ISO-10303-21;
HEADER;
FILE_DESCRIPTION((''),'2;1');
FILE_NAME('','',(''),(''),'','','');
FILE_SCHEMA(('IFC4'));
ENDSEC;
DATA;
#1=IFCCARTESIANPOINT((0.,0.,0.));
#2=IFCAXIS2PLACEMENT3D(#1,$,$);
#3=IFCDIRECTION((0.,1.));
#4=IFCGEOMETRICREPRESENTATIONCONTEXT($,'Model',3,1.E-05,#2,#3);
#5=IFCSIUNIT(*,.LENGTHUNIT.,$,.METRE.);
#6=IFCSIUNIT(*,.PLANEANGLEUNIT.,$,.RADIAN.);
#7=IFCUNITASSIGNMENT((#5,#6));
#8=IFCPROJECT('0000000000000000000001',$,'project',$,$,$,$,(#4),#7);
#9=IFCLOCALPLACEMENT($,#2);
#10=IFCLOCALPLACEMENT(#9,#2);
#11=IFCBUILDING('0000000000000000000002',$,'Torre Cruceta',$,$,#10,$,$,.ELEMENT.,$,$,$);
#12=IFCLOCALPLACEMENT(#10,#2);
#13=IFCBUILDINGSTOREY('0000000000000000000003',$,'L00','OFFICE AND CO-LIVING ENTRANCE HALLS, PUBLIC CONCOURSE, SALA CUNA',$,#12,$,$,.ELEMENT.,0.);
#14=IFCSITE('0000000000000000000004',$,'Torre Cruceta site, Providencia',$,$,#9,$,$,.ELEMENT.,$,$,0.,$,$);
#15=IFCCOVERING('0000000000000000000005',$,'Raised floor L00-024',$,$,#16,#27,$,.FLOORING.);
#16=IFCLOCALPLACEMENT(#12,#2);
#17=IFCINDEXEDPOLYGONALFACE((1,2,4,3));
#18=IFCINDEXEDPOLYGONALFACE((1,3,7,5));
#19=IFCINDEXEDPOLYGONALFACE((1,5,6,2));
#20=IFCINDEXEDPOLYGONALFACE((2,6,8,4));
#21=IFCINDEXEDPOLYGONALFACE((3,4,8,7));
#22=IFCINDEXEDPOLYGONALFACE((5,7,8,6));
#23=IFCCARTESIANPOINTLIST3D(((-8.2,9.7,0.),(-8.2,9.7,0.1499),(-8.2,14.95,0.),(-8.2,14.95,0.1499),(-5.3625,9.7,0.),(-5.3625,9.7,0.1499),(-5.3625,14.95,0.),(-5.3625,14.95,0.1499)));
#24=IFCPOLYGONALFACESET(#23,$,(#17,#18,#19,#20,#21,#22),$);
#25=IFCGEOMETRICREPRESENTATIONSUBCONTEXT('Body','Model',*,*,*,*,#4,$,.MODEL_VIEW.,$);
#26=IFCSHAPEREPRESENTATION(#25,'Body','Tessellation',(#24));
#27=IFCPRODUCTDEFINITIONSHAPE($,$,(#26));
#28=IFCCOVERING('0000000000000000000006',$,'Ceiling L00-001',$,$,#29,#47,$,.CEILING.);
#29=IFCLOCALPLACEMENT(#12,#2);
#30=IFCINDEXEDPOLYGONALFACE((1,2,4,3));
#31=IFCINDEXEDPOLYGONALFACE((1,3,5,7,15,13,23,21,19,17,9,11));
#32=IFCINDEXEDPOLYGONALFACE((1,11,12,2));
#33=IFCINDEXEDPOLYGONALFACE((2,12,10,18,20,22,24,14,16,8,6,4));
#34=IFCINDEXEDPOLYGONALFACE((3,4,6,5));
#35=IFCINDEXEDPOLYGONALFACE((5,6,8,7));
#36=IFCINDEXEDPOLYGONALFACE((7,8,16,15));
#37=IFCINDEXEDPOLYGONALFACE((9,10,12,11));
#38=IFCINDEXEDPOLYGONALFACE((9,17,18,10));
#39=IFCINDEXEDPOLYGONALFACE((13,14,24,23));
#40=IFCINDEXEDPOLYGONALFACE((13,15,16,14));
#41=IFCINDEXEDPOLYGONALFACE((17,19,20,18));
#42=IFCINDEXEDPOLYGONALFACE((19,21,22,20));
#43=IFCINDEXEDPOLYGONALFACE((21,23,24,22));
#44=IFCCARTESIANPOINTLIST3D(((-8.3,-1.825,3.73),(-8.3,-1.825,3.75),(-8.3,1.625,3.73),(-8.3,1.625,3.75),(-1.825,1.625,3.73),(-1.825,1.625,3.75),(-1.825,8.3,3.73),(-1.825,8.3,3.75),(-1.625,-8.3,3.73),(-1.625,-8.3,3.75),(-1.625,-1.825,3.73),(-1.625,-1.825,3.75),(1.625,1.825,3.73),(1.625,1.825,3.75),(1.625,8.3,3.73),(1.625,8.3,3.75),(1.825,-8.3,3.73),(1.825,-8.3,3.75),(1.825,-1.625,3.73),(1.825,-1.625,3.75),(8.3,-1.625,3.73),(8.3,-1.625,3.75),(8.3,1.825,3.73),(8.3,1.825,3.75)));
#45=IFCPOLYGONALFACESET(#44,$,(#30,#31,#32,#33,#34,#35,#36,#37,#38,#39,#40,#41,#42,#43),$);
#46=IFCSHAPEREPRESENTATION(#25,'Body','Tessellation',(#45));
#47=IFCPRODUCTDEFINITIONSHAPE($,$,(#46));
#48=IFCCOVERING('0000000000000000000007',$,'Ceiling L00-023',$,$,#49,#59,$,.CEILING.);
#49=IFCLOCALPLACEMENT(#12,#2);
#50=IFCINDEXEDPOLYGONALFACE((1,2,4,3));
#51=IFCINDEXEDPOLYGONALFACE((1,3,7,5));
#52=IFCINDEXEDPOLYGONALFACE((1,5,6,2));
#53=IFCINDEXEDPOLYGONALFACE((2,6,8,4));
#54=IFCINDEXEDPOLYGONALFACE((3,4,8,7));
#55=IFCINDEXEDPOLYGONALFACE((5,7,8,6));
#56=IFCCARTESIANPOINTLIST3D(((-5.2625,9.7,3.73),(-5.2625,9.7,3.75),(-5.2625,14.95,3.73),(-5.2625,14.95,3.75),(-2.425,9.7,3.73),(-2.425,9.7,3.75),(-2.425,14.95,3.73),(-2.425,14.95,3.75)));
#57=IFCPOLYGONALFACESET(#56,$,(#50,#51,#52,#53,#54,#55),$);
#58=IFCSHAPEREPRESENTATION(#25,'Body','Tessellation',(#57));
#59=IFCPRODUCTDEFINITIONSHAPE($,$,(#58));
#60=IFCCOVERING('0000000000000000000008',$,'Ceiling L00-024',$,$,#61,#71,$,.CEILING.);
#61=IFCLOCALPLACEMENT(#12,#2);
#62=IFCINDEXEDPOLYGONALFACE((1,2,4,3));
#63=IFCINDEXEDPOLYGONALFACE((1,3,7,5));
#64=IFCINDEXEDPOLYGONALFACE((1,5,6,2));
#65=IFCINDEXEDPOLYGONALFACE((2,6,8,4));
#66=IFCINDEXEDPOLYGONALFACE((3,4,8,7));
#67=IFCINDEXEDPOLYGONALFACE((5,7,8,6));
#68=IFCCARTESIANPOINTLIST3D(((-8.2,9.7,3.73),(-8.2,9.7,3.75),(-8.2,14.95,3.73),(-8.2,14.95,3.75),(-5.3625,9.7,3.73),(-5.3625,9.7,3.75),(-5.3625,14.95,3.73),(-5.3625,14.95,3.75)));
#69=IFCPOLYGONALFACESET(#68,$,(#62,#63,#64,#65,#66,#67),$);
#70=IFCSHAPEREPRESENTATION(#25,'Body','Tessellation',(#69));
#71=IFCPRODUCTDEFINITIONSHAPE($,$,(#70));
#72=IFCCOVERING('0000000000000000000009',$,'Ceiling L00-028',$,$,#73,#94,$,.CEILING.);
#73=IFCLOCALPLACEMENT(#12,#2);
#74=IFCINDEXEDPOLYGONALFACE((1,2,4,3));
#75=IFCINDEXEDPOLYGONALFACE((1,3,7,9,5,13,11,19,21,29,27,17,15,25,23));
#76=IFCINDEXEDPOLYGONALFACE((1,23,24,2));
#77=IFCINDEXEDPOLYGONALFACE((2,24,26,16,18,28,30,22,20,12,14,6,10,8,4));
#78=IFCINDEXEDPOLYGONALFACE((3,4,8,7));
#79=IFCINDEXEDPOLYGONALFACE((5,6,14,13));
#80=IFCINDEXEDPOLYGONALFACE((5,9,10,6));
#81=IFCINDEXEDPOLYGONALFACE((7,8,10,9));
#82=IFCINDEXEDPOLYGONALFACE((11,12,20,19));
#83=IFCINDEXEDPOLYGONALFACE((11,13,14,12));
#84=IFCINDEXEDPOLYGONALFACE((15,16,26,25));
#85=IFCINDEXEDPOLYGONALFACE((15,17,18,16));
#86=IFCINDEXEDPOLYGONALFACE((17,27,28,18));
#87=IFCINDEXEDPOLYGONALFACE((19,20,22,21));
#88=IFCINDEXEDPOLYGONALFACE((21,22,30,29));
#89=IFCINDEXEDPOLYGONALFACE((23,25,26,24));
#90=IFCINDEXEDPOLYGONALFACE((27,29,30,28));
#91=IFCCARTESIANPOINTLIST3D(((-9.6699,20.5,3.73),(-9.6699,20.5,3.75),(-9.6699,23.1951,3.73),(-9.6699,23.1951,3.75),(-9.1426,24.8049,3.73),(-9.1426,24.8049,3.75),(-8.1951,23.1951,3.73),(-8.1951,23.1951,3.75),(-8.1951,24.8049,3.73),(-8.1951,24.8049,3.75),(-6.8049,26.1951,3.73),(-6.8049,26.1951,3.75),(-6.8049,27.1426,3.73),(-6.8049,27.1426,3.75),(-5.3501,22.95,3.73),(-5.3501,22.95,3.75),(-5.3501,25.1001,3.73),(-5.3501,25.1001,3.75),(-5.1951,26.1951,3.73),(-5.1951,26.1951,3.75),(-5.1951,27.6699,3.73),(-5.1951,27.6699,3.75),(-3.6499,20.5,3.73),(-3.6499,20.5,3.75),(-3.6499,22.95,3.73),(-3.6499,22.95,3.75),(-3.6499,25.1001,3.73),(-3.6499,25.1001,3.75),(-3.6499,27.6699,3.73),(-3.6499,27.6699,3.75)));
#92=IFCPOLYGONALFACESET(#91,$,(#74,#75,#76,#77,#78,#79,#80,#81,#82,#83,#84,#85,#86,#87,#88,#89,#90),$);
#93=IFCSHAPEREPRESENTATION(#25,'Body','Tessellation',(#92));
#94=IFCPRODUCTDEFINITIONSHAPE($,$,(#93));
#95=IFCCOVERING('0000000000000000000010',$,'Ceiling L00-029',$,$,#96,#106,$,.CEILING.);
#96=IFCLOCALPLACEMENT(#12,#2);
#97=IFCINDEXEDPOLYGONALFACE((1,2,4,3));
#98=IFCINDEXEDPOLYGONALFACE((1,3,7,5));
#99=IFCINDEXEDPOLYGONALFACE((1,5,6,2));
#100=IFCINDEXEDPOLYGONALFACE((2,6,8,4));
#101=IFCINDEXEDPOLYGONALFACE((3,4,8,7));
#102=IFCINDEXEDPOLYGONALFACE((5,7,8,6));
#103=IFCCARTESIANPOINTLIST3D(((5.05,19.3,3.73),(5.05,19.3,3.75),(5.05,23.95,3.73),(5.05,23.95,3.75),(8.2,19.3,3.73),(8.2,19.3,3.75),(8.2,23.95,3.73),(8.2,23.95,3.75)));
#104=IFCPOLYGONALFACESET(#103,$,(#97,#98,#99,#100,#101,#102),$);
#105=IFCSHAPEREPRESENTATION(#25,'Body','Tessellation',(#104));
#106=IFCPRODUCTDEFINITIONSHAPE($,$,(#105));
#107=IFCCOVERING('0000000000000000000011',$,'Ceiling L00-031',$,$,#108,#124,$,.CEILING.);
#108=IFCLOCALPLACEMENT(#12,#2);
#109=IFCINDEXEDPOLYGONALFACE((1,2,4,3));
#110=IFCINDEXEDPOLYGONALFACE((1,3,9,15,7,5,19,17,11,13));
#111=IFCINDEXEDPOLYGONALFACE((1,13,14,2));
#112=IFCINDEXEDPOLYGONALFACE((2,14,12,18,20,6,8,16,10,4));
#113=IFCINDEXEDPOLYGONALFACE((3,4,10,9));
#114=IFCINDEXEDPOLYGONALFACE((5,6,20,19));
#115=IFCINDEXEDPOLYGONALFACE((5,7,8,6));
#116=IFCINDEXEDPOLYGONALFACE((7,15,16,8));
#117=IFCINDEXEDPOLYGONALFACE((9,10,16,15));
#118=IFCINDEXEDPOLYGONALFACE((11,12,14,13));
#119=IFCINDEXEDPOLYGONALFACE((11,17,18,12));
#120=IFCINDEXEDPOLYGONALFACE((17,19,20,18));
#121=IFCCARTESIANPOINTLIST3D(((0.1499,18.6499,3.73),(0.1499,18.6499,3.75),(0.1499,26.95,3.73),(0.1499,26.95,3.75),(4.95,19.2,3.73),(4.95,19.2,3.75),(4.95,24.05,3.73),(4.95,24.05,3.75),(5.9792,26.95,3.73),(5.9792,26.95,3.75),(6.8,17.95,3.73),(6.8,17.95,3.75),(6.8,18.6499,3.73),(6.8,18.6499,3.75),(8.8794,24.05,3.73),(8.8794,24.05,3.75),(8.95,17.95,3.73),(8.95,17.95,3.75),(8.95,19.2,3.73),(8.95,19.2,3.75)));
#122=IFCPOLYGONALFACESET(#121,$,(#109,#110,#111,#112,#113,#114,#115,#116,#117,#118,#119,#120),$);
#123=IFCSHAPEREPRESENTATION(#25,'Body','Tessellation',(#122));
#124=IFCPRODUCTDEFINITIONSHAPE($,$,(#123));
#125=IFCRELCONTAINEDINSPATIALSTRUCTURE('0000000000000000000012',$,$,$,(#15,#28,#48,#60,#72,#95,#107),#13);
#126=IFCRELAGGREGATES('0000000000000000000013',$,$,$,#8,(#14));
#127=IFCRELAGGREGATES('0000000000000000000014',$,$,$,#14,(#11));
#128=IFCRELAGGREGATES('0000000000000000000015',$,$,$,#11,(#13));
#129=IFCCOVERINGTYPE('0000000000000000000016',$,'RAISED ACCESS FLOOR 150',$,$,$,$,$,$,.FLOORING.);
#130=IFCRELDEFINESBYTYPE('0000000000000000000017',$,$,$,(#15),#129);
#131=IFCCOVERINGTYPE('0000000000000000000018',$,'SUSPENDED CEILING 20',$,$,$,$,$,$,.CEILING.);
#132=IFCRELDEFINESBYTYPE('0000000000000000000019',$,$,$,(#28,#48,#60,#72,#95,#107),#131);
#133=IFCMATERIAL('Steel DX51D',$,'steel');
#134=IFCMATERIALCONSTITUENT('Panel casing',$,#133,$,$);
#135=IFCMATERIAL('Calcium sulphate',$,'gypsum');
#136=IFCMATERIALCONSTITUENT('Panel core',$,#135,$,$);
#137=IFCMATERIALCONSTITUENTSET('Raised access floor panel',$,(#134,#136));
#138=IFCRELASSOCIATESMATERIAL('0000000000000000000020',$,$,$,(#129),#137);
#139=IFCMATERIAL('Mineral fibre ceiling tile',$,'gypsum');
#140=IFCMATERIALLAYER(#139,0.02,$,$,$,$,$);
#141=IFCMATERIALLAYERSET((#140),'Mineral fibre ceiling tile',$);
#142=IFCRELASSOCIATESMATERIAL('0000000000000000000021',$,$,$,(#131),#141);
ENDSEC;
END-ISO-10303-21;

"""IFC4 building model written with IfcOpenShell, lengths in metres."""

from ifc_helpers import new_model, si_unit, direction, frame, origin, place, context, subcontext, project, spatial, polyline, outline, extrude, material, layer, layer_set, constituent, constituent_set, type_object, element, save


model = new_model("IFC4")

# Units and contexts
model_context = context("Model", 3, precision=1e-05, world=origin(), true_north=direction((0.0, 1.0)))
body_context = subcontext(model_context, "Body", "Model", "MODEL_VIEW")
ifc_project = project(units=[si_unit("LENGTHUNIT", "METRE"), si_unit("PLANEANGLEUNIT", "RADIAN")], contexts=[model_context])

# Site, building, storey
site_placement = place(None, origin())
site = spatial("IfcSite", under=ifc_project, at=site_placement, Name="Torre Cruceta site, Providencia", CompositionType="ELEMENT", RefElevation=0.0)
building_placement = place(site_placement, origin())
building = spatial("IfcBuilding", under=site, at=building_placement, Name="Torre Cruceta", CompositionType="ELEMENT")
storey_placement = place(building_placement, origin())
storey = spatial("IfcBuildingStorey", under=building, at=storey_placement, Name="L00", Description="OFFICE AND CO-LIVING ENTRANCE HALLS, PUBLIC CONCOURSE, SALA CUNA", CompositionType="ELEMENT", Elevation=0.0)

# Coverings
ifc_material_1 = material(Name="Steel DX51D", Category="steel")
ifc_constituent_1 = constituent(ifc_material_1, Name="Panel casing")
ifc_material_2 = material(Name="Calcium sulphate", Category="gypsum")
ifc_constituent_2 = constituent(ifc_material_2, Name="Panel core")
ifc_constituent_set = constituent_set(constituents=[ifc_constituent_1, ifc_constituent_2], Name="Raised access floor panel")
covering_type_1 = type_object("IfcCoveringType", Name="RAISED ACCESS FLOOR 150", PredefinedType="FLOORING", material=ifc_constituent_set)
covering_1_placement = place(storey_placement, origin())
element("IfcCovering", 1, at=covering_1_placement, inside=storey, type_object=covering_type_1, Name="Raised floor L00-024", PredefinedType="FLOORING", context=body_context, shape_type="SweptSolid", body=[
    extrude(outline(polyline([(-5.3625, 9.7), (-8.2, 9.7), (-8.2, 14.95), (-5.3625, 14.95), (-5.3625, 9.7)])), origin(), (0.0, 0.0, 1.0), 0.1499),
])
ifc_material_3 = material(Name="Mineral fibre ceiling tile", Category="gypsum")
ifc_layer_1 = layer(ifc_material_3, 0.02)
ifc_layer_set_1 = layer_set([ifc_layer_1], Name="Mineral fibre ceiling tile")
covering_type_2 = type_object("IfcCoveringType", Name="SUSPENDED CEILING 20", PredefinedType="CEILING", material=ifc_layer_set_1)
covering_2_placement = place(storey_placement, frame((0.0, 0.0, 3.73)))
element("IfcCovering", 2, at=covering_2_placement, inside=storey, type_object=covering_type_2, Name="Ceiling L00-001", PredefinedType="CEILING", context=body_context, shape_type="SweptSolid", body=[
    extrude(outline(polyline([(-1.625, -8.3), (-1.625, -1.825), (-8.3, -1.825), (-8.3, 1.625), (-1.825, 1.625), (-1.825, 8.3), (1.625, 8.3), (1.625, 1.825), (8.3, 1.825), (8.3, -1.625), (1.825, -1.625), (1.825, -8.3), (-1.625, -8.3)])), origin(), (0.0, 0.0, 1.0), 0.02),
])
covering_3_placement = place(storey_placement, frame((0.0, 0.0, 3.73)))
element("IfcCovering", 3, at=covering_3_placement, inside=storey, type_object=covering_type_2, Name="Ceiling L00-023", PredefinedType="CEILING", context=body_context, shape_type="SweptSolid", body=[
    extrude(outline(polyline([(-2.425, 9.7), (-5.2625, 9.7), (-5.2625, 14.95), (-2.425, 14.95), (-2.425, 9.7)])), origin(), (0.0, 0.0, 1.0), 0.02),
])
covering_4_placement = place(storey_placement, frame((0.0, 0.0, 3.73)))
element("IfcCovering", 4, at=covering_4_placement, inside=storey, type_object=covering_type_2, Name="Ceiling L00-024", PredefinedType="CEILING", context=body_context, shape_type="SweptSolid", body=[
    extrude(outline(polyline([(-5.3625, 9.7), (-8.2, 9.7), (-8.2, 14.95), (-5.3625, 14.95), (-5.3625, 9.7)])), origin(), (0.0, 0.0, 1.0), 0.02),
])
covering_5_placement = place(storey_placement, frame((0.0, 0.0, 3.73)))
element("IfcCovering", 5, at=covering_5_placement, inside=storey, type_object=covering_type_2, Name="Ceiling L00-028", PredefinedType="CEILING", context=body_context, shape_type="SweptSolid", body=[
    extrude(outline(polyline([(-9.6699, 23.1951), (-8.1951, 23.1951), (-8.1951, 24.8049), (-9.1426, 24.8049), (-6.8049, 27.1426), (-6.8049, 26.1951), (-5.1951, 26.1951), (-5.1951, 27.6699), (-3.6499, 27.6699), (-3.6499, 25.1001), (-5.3501, 25.1001), (-5.3501, 22.95), (-3.6499, 22.95), (-3.6499, 20.5), (-9.6699, 20.5), (-9.6699, 23.1951)])), origin(), (0.0, 0.0, 1.0), 0.02),
])
covering_6_placement = place(storey_placement, frame((0.0, 0.0, 3.73)))
element("IfcCovering", 6, at=covering_6_placement, inside=storey, type_object=covering_type_2, Name="Ceiling L00-029", PredefinedType="CEILING", context=body_context, shape_type="SweptSolid", body=[
    extrude(outline(polyline([(8.2, 19.3), (5.05, 19.3), (5.05, 23.95), (8.2, 23.95), (8.2, 19.3)])), origin(), (0.0, 0.0, 1.0), 0.02),
])
covering_7_placement = place(storey_placement, frame((0.0, 0.0, 3.73)))
element("IfcCovering", 7, at=covering_7_placement, inside=storey, type_object=covering_type_2, Name="Ceiling L00-031", PredefinedType="CEILING", context=body_context, shape_type="SweptSolid", body=[
    extrude(outline(polyline([(4.95, 24.05), (4.95, 19.2), (8.95, 19.2), (8.95, 17.95), (6.8, 17.95), (6.8, 18.6499), (0.1499, 18.6499), (0.1499, 26.95), (5.9792, 26.95), (8.8794, 24.05), (4.95, 24.05)])), origin(), (0.0, 0.0, 1.0), 0.02),
])

save(model, "model.ifc")
